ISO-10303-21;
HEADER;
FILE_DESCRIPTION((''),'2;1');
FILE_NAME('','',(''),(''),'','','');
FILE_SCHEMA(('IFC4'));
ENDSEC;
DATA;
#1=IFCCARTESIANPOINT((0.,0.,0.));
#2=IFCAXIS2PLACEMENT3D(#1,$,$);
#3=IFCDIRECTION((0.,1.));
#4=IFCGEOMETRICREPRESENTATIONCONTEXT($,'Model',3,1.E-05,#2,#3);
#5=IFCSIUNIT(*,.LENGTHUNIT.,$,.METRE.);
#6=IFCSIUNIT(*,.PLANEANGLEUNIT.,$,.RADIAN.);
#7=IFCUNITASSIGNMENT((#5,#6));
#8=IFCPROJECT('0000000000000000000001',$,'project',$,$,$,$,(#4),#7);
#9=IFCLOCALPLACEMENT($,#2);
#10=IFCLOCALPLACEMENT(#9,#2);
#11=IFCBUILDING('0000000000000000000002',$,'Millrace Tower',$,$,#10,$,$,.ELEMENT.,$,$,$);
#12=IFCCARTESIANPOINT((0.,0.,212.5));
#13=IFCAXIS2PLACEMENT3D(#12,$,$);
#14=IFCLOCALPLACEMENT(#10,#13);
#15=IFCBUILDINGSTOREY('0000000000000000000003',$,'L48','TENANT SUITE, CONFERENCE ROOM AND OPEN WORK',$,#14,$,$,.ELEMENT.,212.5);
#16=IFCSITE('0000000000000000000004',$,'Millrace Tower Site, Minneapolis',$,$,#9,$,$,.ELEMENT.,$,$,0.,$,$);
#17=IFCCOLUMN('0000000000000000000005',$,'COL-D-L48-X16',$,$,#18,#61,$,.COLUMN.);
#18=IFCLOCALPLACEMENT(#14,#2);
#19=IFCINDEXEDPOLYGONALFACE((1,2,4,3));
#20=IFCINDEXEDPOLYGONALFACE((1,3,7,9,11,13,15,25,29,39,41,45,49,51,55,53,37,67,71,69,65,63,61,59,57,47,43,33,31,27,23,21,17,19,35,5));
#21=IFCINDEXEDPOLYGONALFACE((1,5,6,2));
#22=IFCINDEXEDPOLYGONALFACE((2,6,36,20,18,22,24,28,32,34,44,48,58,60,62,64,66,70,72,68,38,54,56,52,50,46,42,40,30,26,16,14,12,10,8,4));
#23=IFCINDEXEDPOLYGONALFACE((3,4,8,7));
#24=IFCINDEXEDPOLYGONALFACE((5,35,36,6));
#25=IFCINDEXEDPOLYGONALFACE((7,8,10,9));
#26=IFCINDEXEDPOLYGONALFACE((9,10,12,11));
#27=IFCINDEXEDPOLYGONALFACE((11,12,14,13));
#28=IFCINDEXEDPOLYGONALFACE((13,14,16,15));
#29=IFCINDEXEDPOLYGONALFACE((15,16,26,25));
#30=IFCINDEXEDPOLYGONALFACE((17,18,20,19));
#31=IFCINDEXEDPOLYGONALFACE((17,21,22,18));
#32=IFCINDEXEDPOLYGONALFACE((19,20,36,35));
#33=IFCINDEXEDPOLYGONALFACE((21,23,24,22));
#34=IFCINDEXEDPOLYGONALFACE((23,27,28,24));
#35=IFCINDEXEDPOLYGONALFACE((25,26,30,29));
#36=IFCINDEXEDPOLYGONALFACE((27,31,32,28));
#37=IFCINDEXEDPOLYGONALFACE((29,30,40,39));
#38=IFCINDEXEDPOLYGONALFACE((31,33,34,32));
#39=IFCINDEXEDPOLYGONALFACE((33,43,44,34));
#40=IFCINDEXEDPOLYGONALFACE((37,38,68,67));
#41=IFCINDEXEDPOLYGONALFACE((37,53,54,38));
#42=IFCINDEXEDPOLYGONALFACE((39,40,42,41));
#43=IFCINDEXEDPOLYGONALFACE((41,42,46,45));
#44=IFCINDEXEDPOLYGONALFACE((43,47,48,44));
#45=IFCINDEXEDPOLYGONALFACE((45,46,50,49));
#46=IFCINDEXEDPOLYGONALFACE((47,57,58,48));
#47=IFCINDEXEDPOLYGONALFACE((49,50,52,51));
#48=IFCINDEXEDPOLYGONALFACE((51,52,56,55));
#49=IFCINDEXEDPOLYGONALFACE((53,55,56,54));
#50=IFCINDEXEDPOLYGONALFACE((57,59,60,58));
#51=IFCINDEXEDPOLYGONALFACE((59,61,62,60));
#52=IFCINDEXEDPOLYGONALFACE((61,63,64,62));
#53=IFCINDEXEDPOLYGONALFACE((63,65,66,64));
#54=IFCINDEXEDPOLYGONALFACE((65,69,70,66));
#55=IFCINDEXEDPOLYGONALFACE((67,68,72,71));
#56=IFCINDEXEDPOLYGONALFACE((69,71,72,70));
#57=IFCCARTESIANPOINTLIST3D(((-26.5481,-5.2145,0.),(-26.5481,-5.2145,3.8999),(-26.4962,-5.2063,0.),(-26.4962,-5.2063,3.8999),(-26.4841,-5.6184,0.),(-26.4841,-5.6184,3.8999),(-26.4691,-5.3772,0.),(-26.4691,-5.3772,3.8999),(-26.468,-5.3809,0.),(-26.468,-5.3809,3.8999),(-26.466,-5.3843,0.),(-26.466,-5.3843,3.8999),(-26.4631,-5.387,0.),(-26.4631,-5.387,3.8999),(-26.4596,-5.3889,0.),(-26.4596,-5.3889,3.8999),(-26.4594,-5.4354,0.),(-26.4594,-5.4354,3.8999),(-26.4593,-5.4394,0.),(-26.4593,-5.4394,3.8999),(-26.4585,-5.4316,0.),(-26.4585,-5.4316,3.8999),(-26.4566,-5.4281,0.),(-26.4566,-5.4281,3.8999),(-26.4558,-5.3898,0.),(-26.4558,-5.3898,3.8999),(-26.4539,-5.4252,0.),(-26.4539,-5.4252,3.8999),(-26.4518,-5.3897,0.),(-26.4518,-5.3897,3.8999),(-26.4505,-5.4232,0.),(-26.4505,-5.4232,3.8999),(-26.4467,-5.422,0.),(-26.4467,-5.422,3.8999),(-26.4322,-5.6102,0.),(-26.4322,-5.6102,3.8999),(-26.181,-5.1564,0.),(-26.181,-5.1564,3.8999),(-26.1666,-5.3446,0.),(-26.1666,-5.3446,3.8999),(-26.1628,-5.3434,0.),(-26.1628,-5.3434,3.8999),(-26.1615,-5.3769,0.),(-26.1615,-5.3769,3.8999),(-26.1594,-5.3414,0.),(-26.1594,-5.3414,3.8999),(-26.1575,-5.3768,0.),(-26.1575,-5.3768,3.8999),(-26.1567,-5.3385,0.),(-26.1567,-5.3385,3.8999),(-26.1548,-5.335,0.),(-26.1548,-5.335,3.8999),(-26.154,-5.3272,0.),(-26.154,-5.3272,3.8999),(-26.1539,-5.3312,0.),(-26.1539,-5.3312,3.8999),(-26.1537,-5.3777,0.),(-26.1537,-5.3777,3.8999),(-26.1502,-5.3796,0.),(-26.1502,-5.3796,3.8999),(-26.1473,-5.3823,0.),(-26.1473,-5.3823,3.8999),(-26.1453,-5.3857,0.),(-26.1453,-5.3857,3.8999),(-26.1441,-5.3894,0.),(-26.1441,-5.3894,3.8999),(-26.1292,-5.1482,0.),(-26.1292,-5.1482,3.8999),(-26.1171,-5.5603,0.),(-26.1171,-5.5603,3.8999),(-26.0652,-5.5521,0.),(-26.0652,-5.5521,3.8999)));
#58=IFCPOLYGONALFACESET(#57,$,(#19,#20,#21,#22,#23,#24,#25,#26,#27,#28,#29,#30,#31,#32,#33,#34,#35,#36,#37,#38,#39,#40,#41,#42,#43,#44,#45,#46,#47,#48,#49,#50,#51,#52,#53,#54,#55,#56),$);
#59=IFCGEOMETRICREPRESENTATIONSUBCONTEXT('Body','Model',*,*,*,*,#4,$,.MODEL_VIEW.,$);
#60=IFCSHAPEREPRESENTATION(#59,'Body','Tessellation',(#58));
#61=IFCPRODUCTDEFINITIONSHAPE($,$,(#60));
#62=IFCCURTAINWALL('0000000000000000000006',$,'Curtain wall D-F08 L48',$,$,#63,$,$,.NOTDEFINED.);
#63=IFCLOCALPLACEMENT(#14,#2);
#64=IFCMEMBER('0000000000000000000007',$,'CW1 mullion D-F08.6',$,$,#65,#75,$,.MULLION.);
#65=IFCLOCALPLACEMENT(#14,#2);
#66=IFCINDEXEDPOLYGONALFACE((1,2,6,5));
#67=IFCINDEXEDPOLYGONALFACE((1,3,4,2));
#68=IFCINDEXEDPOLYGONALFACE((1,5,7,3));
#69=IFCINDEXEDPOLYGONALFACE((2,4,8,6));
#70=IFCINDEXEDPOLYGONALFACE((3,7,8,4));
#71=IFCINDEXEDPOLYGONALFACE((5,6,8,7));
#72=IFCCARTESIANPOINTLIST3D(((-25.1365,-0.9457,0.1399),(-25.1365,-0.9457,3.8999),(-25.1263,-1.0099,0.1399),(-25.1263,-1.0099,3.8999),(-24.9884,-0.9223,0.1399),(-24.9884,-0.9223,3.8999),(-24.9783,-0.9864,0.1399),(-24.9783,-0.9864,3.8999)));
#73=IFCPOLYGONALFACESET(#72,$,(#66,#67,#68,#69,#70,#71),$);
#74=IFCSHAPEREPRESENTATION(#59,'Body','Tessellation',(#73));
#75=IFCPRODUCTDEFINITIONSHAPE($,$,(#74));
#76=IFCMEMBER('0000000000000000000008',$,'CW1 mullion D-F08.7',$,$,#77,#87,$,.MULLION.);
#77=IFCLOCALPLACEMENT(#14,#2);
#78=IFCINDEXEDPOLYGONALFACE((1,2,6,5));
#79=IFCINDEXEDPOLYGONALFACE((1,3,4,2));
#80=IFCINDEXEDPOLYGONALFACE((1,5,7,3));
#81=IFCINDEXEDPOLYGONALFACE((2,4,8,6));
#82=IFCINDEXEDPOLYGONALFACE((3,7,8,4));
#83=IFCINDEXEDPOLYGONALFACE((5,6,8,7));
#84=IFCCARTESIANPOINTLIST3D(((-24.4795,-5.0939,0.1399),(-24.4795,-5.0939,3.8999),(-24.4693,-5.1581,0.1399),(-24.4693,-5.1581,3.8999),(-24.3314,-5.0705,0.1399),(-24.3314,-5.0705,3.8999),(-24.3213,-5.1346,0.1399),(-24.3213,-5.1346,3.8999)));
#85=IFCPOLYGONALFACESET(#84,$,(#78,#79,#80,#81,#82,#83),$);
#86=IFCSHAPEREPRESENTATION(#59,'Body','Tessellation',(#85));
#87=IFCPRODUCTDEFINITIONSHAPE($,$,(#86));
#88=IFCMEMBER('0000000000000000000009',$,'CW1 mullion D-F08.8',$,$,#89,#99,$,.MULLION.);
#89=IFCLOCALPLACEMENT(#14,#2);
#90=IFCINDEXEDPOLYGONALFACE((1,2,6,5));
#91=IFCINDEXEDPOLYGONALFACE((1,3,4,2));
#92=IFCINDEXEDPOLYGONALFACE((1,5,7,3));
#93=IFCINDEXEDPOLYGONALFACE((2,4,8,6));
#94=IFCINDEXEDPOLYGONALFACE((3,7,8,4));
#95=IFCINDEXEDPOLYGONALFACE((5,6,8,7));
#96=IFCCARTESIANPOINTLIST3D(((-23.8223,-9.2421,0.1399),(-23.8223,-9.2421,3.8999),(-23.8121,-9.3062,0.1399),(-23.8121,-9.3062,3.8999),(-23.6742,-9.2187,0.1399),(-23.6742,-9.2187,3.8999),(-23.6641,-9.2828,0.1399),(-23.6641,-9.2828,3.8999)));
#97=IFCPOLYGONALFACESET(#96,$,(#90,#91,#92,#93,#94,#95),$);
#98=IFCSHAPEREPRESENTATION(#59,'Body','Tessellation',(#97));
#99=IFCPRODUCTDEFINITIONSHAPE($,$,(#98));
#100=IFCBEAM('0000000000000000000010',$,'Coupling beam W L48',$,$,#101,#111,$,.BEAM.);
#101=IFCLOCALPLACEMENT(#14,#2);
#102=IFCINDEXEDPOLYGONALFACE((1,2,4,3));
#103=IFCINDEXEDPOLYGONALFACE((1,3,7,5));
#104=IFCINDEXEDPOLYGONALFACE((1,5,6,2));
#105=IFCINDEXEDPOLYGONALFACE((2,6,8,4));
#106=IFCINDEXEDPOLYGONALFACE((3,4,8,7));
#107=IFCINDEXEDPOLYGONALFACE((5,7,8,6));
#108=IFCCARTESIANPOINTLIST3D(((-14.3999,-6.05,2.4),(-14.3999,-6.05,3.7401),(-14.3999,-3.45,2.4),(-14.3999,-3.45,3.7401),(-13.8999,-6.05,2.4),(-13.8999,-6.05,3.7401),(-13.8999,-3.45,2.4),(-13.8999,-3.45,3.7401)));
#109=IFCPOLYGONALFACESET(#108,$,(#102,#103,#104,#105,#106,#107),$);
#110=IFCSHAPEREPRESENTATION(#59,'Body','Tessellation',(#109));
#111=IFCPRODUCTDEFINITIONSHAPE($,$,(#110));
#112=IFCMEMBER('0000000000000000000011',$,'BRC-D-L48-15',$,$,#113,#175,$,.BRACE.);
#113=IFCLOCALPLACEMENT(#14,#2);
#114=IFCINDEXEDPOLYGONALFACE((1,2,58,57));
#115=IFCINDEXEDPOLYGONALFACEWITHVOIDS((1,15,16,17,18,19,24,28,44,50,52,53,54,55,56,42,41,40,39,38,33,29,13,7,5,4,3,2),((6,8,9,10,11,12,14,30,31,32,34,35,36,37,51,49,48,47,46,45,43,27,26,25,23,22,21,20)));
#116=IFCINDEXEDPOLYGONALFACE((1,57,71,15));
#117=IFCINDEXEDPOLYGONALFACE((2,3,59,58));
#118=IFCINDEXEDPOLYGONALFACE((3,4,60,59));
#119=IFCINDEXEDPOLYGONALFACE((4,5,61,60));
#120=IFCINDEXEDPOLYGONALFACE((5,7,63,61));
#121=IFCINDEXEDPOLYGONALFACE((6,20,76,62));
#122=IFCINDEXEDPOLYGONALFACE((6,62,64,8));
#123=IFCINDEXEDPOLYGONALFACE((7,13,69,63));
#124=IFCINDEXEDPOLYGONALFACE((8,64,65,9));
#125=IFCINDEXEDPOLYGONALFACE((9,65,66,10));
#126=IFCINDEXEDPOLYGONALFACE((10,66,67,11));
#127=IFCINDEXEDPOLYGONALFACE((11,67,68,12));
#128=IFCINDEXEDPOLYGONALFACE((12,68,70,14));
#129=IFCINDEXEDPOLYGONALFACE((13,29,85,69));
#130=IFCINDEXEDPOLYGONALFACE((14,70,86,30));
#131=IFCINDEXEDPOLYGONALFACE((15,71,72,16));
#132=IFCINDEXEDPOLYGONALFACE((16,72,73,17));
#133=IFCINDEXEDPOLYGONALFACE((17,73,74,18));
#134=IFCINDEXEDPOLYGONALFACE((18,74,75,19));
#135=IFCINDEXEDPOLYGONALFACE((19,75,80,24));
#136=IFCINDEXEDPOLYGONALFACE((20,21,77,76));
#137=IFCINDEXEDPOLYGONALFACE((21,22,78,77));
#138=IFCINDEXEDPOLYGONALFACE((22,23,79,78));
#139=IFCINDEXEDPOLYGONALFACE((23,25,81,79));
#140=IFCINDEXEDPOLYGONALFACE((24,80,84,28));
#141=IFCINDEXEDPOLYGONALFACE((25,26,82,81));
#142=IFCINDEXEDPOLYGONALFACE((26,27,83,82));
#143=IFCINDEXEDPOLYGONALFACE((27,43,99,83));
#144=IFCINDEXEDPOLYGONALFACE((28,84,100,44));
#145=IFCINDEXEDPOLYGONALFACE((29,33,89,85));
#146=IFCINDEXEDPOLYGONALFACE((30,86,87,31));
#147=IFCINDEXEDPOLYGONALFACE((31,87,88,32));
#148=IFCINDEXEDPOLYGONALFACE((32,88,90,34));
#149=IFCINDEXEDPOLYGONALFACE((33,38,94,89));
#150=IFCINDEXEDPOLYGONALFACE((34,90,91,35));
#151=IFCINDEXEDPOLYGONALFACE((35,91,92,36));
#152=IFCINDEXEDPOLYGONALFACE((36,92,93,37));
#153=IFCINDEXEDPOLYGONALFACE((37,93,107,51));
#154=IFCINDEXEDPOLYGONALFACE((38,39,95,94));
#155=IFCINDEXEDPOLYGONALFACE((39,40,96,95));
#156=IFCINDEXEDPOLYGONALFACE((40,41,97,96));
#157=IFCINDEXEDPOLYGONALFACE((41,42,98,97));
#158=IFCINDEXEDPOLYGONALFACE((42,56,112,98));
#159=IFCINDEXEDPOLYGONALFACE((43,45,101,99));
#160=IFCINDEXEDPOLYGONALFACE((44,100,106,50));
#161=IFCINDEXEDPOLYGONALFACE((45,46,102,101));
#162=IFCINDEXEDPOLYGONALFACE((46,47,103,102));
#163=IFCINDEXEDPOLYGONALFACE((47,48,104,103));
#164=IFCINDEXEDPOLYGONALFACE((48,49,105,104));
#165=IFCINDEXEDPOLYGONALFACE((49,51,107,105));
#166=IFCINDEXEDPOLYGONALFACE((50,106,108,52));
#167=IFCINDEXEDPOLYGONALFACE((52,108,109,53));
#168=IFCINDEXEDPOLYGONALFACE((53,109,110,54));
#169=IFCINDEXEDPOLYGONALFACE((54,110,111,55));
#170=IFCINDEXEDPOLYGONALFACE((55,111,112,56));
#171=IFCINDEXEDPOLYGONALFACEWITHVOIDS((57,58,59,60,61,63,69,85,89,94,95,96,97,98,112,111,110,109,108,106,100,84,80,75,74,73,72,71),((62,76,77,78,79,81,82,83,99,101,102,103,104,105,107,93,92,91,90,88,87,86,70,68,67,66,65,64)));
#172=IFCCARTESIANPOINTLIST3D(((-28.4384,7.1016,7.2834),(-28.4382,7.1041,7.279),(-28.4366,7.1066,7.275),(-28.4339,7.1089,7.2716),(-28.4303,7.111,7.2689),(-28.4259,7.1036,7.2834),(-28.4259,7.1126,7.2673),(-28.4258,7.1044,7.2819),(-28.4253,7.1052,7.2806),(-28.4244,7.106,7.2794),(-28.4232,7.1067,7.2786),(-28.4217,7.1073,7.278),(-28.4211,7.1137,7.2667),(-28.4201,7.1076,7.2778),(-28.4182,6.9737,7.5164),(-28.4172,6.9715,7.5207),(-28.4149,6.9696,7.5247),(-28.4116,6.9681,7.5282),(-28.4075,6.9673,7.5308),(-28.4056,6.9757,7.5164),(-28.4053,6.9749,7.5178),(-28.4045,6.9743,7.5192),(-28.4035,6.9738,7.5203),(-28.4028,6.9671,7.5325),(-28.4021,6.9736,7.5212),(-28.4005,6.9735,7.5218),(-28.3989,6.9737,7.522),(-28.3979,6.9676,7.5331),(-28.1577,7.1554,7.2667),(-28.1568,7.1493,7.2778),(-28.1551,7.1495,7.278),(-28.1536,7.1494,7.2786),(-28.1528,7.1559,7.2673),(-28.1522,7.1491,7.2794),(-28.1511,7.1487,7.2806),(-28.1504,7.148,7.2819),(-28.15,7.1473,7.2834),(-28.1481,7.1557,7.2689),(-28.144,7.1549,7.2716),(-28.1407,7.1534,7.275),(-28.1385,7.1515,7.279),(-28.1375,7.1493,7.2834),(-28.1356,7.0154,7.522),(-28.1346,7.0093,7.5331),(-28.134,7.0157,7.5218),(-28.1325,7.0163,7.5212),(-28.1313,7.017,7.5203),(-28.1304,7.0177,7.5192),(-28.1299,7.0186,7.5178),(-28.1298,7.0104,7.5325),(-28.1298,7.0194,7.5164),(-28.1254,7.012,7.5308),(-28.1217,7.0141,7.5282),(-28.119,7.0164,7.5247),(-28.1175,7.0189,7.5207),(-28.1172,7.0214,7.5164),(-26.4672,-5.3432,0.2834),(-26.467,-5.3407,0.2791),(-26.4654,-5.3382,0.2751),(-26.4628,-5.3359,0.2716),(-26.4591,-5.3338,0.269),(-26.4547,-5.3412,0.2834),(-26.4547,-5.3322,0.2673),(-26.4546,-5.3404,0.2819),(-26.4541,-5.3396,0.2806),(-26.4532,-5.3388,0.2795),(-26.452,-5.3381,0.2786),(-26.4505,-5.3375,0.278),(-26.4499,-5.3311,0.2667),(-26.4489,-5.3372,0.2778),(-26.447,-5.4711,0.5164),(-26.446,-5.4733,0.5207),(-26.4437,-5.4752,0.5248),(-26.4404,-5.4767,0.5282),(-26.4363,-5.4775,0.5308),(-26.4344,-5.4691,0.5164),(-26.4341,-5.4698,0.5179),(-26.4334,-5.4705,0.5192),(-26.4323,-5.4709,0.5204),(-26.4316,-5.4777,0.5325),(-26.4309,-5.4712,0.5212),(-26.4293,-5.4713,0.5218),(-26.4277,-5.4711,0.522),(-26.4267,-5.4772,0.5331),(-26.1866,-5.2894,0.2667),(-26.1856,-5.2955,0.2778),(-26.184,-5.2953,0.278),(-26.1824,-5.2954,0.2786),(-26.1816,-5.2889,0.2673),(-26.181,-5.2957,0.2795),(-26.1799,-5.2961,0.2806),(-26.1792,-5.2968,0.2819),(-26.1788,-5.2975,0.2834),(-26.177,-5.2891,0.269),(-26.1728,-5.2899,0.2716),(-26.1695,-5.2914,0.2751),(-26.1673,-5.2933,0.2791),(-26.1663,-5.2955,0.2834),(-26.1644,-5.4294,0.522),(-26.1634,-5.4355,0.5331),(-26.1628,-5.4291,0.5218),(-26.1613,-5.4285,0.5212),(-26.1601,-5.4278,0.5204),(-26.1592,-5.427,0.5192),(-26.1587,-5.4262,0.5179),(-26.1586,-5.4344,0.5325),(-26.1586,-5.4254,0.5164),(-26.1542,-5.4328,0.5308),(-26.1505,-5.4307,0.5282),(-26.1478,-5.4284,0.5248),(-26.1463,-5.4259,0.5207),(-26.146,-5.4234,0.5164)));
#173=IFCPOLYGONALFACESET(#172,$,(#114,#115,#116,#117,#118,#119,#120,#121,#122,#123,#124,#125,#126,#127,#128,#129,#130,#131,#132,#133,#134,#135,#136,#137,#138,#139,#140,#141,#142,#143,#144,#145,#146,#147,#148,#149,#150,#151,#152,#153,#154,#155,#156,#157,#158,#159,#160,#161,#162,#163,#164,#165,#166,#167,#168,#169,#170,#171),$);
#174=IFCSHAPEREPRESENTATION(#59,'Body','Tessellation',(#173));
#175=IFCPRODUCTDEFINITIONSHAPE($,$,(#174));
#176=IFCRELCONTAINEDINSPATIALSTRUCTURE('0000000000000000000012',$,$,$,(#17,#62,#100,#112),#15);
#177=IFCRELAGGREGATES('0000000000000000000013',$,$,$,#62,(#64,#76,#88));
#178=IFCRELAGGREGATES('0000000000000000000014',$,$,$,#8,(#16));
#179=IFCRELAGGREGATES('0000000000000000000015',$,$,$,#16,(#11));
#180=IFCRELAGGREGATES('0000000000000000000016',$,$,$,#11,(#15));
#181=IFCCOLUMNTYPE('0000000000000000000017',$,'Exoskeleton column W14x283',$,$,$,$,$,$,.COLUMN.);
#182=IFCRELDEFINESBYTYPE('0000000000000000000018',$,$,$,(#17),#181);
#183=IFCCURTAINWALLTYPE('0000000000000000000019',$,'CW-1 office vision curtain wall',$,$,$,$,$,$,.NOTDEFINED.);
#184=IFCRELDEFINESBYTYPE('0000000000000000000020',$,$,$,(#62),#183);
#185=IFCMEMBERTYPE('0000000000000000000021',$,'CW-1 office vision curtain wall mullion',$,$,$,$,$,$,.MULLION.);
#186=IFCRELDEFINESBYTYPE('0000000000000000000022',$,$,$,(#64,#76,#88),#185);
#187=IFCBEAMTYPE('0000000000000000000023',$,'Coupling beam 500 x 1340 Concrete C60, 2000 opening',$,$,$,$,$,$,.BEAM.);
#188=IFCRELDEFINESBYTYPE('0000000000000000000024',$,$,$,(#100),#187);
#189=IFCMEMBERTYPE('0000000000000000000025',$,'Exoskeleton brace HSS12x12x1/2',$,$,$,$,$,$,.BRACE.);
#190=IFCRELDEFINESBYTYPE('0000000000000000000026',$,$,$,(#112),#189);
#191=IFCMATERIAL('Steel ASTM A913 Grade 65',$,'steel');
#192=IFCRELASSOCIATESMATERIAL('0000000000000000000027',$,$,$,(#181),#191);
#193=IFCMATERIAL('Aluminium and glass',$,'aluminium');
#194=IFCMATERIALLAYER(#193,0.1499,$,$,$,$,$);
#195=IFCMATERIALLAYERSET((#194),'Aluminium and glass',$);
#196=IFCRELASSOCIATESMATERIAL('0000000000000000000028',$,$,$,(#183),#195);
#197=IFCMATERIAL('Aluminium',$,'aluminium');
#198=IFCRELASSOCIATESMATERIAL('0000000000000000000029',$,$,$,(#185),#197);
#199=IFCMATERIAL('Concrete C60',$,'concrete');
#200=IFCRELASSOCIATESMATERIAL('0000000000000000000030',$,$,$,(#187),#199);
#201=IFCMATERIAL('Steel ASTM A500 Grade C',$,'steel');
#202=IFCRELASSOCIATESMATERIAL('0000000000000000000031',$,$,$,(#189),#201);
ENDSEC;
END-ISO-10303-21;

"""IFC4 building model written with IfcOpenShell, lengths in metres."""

from ifc_helpers import new_model, si_unit, direction, frame, origin, origin_2d, place, context, subcontext, project, spatial, rectangle, hollow_rectangle, i_section, extrude, material, layer, layer_set, material_profile, profile_set, type_object, element, aggregate, save


model = new_model("IFC4")

# Units and contexts
model_context = context("Model", 3, precision=1e-05, world=origin(), true_north=direction((0.0, 1.0)))
body_context = subcontext(model_context, "Body", "Model", "MODEL_VIEW")
ifc_project = project(units=[si_unit("LENGTHUNIT", "METRE"), si_unit("PLANEANGLEUNIT", "RADIAN")], contexts=[model_context])

# Site, building, storey
site_placement = place(None, origin())
site = spatial("IfcSite", under=ifc_project, at=site_placement, Name="Millrace Tower Site, Minneapolis", CompositionType="ELEMENT", RefElevation=0.0)
building_placement = place(site_placement, origin())
building = spatial("IfcBuilding", under=site, at=building_placement, Name="Millrace Tower", CompositionType="ELEMENT")
storey_placement = place(building_placement, frame((0.0, 0.0, 212.5)))
storey = spatial("IfcBuildingStorey", under=building, at=storey_placement, Name="L48", Description="TENANT SUITE, CONFERENCE ROOM AND OPEN WORK", CompositionType="ELEMENT", Elevation=212.5)

# Column
ifc_material_1 = material(Name="Steel ASTM A913 Grade 65", Category="steel")
ifc_material_profile_1 = material_profile(ifc_material_1, i_section(OverallWidth=0.4089, OverallDepth=0.4241, WebThickness=0.0327, FlangeThickness=0.0525, FilletRadius=0.0151, at=origin_2d()))
ifc_profile_set_1 = profile_set([ifc_material_profile_1], Name="Steel ASTM A913 Grade 65")
column_type = type_object("IfcColumnType", Name="Exoskeleton column W14x283", PredefinedType="COLUMN", material=ifc_profile_set_1)
column_placement = place(storey_placement, frame((-26.3066, -5.3833, 0.0), z_axis=(0.0, 0.0, 1.0), x_axis=(0.156434, -0.987688, 0.0)))
element("IfcColumn", 1, at=column_placement, inside=storey, type_object=column_type, Name="COL-D-L48-X16", PredefinedType="COLUMN", context=body_context, shape_type="SweptSolid", body=[
    extrude(i_section(OverallWidth=0.4089, OverallDepth=0.4241, WebThickness=0.0327, FlangeThickness=0.0525, FilletRadius=0.0151, at=origin_2d()), origin(), (0.0, 0.0, 1.0), 3.8999),
])

# Curtain wall, members
ifc_material_2 = material(Name="Aluminium and glass", Category="aluminium")
ifc_layer_1 = layer(ifc_material_2, 0.1499)
ifc_layer_set_1 = layer_set([ifc_layer_1], Name="Aluminium and glass")
curtain_wall_type = type_object("IfcCurtainWallType", Name="CW-1 office vision curtain wall", PredefinedType="NOTDEFINED", material=ifc_layer_set_1)
curtain_wall_placement = place(storey_placement, origin())
curtain_wall = element("IfcCurtainWall", 2, at=curtain_wall_placement, inside=storey, type_object=curtain_wall_type, Name="Curtain wall D-F08 L48", PredefinedType="NOTDEFINED")
ifc_material_3 = material(Name="Aluminium", Category="aluminium")
ifc_material_profile_2 = material_profile(ifc_material_3, rectangle(XDim=0.0649, YDim=0.1499, at=origin_2d()))
ifc_profile_set_2 = profile_set([ifc_material_profile_2], Name="Aluminium")
member_type_1 = type_object("IfcMemberType", Name="CW-1 office vision curtain wall mullion", PredefinedType="MULLION", material=ifc_profile_set_2)
member_1_placement = place(storey_placement, frame((-25.0574, -0.9661, 0.1399), z_axis=(0.0, 0.0, 1.0), x_axis=(0.156434, -0.987688, 0.0)))
member_1 = element("IfcMember", 3, at=member_1_placement, type_object=member_type_1, Name="CW1 mullion D-F08.6", PredefinedType="MULLION", context=body_context, shape_type="SweptSolid", body=[
    extrude(rectangle(XDim=0.0649, YDim=0.1499, at=origin_2d()), origin(), (0.0, 0.0, 1.0), 3.76),
])
member_2_placement = place(storey_placement, frame((-24.4004, -5.1143, 0.1399), z_axis=(0.0, 0.0, 1.0), x_axis=(0.156434, -0.987688, 0.0)))
member_2 = element("IfcMember", 4, at=member_2_placement, type_object=member_type_1, Name="CW1 mullion D-F08.7", PredefinedType="MULLION", context=body_context, shape_type="SweptSolid", body=[
    extrude(rectangle(XDim=0.0649, YDim=0.1499, at=origin_2d()), origin(), (0.0, 0.0, 1.0), 3.76),
])
member_3_placement = place(storey_placement, frame((-23.7432, -9.2625, 0.1399), z_axis=(0.0, 0.0, 1.0), x_axis=(0.156434, -0.987688, 0.0)))
member_3 = element("IfcMember", 5, at=member_3_placement, type_object=member_type_1, Name="CW1 mullion D-F08.8", PredefinedType="MULLION", context=body_context, shape_type="SweptSolid", body=[
    extrude(rectangle(XDim=0.0649, YDim=0.1499, at=origin_2d()), origin(), (0.0, 0.0, 1.0), 3.76),
])
aggregate(curtain_wall, [member_1, member_2, member_3])

# Beam
ifc_material_4 = material(Name="Concrete C60", Category="concrete")
ifc_material_profile_3 = material_profile(ifc_material_4, rectangle(XDim=0.5, YDim=1.3401, at=origin_2d()))
ifc_profile_set_3 = profile_set([ifc_material_profile_3], Name="Concrete C60")
beam_type_1 = type_object("IfcBeamType", Name="Coupling beam 500 x 1340 Concrete C60, 2000 opening", PredefinedType="BEAM", material=ifc_profile_set_3)
beam_1_placement = place(storey_placement, frame((-14.1499, -6.05, 3.0701), z_axis=(0.0, 1.0, 0.0), x_axis=(-1.0, 0.0, 0.0)))
element("IfcBeam", 6, at=beam_1_placement, inside=storey, type_object=beam_type_1, Name="Coupling beam W L48", PredefinedType="BEAM", context=body_context, shape_type="SweptSolid", body=[
    extrude(rectangle(XDim=0.5, YDim=1.3401, at=origin_2d()), origin(), (0.0, 0.0, 1.0), 2.6001),
])

# Member
ifc_material_5 = material(Name="Steel ASTM A500 Grade C", Category="steel")
ifc_material_profile_4 = material_profile(ifc_material_5, hollow_rectangle(XDim=0.3047, YDim=0.3047, WallThickness=0.0127, InnerFilletRadius=0.0063, OuterFilletRadius=0.019, at=origin_2d()))
ifc_profile_set_4 = profile_set([ifc_material_profile_4], Name="Steel ASTM A500 Grade C")
member_type_2 = type_object("IfcMemberType", Name="Exoskeleton brace HSS12x12x1/2", PredefinedType="BRACE", material=ifc_profile_set_4)
member_4_placement = place(storey_placement, frame((-26.3066, -5.3833, 0.3999), z_axis=(-0.136757, 0.863393, 0.485644), x_axis=(-0.987687, -0.156444, 0.0)))
element("IfcMember", 7, at=member_4_placement, inside=storey, type_object=member_type_2, Name="BRC-D-L48-15", PredefinedType="BRACE", context=body_context, shape_type="SweptSolid", body=[
    extrude(hollow_rectangle(XDim=0.3047, YDim=0.3047, WallThickness=0.0127, InnerFilletRadius=0.0063, OuterFilletRadius=0.019, at=origin_2d()), origin(), (0.0, 0.0, 1.0), 14.4138),
])

save(model, "model.ifc")
